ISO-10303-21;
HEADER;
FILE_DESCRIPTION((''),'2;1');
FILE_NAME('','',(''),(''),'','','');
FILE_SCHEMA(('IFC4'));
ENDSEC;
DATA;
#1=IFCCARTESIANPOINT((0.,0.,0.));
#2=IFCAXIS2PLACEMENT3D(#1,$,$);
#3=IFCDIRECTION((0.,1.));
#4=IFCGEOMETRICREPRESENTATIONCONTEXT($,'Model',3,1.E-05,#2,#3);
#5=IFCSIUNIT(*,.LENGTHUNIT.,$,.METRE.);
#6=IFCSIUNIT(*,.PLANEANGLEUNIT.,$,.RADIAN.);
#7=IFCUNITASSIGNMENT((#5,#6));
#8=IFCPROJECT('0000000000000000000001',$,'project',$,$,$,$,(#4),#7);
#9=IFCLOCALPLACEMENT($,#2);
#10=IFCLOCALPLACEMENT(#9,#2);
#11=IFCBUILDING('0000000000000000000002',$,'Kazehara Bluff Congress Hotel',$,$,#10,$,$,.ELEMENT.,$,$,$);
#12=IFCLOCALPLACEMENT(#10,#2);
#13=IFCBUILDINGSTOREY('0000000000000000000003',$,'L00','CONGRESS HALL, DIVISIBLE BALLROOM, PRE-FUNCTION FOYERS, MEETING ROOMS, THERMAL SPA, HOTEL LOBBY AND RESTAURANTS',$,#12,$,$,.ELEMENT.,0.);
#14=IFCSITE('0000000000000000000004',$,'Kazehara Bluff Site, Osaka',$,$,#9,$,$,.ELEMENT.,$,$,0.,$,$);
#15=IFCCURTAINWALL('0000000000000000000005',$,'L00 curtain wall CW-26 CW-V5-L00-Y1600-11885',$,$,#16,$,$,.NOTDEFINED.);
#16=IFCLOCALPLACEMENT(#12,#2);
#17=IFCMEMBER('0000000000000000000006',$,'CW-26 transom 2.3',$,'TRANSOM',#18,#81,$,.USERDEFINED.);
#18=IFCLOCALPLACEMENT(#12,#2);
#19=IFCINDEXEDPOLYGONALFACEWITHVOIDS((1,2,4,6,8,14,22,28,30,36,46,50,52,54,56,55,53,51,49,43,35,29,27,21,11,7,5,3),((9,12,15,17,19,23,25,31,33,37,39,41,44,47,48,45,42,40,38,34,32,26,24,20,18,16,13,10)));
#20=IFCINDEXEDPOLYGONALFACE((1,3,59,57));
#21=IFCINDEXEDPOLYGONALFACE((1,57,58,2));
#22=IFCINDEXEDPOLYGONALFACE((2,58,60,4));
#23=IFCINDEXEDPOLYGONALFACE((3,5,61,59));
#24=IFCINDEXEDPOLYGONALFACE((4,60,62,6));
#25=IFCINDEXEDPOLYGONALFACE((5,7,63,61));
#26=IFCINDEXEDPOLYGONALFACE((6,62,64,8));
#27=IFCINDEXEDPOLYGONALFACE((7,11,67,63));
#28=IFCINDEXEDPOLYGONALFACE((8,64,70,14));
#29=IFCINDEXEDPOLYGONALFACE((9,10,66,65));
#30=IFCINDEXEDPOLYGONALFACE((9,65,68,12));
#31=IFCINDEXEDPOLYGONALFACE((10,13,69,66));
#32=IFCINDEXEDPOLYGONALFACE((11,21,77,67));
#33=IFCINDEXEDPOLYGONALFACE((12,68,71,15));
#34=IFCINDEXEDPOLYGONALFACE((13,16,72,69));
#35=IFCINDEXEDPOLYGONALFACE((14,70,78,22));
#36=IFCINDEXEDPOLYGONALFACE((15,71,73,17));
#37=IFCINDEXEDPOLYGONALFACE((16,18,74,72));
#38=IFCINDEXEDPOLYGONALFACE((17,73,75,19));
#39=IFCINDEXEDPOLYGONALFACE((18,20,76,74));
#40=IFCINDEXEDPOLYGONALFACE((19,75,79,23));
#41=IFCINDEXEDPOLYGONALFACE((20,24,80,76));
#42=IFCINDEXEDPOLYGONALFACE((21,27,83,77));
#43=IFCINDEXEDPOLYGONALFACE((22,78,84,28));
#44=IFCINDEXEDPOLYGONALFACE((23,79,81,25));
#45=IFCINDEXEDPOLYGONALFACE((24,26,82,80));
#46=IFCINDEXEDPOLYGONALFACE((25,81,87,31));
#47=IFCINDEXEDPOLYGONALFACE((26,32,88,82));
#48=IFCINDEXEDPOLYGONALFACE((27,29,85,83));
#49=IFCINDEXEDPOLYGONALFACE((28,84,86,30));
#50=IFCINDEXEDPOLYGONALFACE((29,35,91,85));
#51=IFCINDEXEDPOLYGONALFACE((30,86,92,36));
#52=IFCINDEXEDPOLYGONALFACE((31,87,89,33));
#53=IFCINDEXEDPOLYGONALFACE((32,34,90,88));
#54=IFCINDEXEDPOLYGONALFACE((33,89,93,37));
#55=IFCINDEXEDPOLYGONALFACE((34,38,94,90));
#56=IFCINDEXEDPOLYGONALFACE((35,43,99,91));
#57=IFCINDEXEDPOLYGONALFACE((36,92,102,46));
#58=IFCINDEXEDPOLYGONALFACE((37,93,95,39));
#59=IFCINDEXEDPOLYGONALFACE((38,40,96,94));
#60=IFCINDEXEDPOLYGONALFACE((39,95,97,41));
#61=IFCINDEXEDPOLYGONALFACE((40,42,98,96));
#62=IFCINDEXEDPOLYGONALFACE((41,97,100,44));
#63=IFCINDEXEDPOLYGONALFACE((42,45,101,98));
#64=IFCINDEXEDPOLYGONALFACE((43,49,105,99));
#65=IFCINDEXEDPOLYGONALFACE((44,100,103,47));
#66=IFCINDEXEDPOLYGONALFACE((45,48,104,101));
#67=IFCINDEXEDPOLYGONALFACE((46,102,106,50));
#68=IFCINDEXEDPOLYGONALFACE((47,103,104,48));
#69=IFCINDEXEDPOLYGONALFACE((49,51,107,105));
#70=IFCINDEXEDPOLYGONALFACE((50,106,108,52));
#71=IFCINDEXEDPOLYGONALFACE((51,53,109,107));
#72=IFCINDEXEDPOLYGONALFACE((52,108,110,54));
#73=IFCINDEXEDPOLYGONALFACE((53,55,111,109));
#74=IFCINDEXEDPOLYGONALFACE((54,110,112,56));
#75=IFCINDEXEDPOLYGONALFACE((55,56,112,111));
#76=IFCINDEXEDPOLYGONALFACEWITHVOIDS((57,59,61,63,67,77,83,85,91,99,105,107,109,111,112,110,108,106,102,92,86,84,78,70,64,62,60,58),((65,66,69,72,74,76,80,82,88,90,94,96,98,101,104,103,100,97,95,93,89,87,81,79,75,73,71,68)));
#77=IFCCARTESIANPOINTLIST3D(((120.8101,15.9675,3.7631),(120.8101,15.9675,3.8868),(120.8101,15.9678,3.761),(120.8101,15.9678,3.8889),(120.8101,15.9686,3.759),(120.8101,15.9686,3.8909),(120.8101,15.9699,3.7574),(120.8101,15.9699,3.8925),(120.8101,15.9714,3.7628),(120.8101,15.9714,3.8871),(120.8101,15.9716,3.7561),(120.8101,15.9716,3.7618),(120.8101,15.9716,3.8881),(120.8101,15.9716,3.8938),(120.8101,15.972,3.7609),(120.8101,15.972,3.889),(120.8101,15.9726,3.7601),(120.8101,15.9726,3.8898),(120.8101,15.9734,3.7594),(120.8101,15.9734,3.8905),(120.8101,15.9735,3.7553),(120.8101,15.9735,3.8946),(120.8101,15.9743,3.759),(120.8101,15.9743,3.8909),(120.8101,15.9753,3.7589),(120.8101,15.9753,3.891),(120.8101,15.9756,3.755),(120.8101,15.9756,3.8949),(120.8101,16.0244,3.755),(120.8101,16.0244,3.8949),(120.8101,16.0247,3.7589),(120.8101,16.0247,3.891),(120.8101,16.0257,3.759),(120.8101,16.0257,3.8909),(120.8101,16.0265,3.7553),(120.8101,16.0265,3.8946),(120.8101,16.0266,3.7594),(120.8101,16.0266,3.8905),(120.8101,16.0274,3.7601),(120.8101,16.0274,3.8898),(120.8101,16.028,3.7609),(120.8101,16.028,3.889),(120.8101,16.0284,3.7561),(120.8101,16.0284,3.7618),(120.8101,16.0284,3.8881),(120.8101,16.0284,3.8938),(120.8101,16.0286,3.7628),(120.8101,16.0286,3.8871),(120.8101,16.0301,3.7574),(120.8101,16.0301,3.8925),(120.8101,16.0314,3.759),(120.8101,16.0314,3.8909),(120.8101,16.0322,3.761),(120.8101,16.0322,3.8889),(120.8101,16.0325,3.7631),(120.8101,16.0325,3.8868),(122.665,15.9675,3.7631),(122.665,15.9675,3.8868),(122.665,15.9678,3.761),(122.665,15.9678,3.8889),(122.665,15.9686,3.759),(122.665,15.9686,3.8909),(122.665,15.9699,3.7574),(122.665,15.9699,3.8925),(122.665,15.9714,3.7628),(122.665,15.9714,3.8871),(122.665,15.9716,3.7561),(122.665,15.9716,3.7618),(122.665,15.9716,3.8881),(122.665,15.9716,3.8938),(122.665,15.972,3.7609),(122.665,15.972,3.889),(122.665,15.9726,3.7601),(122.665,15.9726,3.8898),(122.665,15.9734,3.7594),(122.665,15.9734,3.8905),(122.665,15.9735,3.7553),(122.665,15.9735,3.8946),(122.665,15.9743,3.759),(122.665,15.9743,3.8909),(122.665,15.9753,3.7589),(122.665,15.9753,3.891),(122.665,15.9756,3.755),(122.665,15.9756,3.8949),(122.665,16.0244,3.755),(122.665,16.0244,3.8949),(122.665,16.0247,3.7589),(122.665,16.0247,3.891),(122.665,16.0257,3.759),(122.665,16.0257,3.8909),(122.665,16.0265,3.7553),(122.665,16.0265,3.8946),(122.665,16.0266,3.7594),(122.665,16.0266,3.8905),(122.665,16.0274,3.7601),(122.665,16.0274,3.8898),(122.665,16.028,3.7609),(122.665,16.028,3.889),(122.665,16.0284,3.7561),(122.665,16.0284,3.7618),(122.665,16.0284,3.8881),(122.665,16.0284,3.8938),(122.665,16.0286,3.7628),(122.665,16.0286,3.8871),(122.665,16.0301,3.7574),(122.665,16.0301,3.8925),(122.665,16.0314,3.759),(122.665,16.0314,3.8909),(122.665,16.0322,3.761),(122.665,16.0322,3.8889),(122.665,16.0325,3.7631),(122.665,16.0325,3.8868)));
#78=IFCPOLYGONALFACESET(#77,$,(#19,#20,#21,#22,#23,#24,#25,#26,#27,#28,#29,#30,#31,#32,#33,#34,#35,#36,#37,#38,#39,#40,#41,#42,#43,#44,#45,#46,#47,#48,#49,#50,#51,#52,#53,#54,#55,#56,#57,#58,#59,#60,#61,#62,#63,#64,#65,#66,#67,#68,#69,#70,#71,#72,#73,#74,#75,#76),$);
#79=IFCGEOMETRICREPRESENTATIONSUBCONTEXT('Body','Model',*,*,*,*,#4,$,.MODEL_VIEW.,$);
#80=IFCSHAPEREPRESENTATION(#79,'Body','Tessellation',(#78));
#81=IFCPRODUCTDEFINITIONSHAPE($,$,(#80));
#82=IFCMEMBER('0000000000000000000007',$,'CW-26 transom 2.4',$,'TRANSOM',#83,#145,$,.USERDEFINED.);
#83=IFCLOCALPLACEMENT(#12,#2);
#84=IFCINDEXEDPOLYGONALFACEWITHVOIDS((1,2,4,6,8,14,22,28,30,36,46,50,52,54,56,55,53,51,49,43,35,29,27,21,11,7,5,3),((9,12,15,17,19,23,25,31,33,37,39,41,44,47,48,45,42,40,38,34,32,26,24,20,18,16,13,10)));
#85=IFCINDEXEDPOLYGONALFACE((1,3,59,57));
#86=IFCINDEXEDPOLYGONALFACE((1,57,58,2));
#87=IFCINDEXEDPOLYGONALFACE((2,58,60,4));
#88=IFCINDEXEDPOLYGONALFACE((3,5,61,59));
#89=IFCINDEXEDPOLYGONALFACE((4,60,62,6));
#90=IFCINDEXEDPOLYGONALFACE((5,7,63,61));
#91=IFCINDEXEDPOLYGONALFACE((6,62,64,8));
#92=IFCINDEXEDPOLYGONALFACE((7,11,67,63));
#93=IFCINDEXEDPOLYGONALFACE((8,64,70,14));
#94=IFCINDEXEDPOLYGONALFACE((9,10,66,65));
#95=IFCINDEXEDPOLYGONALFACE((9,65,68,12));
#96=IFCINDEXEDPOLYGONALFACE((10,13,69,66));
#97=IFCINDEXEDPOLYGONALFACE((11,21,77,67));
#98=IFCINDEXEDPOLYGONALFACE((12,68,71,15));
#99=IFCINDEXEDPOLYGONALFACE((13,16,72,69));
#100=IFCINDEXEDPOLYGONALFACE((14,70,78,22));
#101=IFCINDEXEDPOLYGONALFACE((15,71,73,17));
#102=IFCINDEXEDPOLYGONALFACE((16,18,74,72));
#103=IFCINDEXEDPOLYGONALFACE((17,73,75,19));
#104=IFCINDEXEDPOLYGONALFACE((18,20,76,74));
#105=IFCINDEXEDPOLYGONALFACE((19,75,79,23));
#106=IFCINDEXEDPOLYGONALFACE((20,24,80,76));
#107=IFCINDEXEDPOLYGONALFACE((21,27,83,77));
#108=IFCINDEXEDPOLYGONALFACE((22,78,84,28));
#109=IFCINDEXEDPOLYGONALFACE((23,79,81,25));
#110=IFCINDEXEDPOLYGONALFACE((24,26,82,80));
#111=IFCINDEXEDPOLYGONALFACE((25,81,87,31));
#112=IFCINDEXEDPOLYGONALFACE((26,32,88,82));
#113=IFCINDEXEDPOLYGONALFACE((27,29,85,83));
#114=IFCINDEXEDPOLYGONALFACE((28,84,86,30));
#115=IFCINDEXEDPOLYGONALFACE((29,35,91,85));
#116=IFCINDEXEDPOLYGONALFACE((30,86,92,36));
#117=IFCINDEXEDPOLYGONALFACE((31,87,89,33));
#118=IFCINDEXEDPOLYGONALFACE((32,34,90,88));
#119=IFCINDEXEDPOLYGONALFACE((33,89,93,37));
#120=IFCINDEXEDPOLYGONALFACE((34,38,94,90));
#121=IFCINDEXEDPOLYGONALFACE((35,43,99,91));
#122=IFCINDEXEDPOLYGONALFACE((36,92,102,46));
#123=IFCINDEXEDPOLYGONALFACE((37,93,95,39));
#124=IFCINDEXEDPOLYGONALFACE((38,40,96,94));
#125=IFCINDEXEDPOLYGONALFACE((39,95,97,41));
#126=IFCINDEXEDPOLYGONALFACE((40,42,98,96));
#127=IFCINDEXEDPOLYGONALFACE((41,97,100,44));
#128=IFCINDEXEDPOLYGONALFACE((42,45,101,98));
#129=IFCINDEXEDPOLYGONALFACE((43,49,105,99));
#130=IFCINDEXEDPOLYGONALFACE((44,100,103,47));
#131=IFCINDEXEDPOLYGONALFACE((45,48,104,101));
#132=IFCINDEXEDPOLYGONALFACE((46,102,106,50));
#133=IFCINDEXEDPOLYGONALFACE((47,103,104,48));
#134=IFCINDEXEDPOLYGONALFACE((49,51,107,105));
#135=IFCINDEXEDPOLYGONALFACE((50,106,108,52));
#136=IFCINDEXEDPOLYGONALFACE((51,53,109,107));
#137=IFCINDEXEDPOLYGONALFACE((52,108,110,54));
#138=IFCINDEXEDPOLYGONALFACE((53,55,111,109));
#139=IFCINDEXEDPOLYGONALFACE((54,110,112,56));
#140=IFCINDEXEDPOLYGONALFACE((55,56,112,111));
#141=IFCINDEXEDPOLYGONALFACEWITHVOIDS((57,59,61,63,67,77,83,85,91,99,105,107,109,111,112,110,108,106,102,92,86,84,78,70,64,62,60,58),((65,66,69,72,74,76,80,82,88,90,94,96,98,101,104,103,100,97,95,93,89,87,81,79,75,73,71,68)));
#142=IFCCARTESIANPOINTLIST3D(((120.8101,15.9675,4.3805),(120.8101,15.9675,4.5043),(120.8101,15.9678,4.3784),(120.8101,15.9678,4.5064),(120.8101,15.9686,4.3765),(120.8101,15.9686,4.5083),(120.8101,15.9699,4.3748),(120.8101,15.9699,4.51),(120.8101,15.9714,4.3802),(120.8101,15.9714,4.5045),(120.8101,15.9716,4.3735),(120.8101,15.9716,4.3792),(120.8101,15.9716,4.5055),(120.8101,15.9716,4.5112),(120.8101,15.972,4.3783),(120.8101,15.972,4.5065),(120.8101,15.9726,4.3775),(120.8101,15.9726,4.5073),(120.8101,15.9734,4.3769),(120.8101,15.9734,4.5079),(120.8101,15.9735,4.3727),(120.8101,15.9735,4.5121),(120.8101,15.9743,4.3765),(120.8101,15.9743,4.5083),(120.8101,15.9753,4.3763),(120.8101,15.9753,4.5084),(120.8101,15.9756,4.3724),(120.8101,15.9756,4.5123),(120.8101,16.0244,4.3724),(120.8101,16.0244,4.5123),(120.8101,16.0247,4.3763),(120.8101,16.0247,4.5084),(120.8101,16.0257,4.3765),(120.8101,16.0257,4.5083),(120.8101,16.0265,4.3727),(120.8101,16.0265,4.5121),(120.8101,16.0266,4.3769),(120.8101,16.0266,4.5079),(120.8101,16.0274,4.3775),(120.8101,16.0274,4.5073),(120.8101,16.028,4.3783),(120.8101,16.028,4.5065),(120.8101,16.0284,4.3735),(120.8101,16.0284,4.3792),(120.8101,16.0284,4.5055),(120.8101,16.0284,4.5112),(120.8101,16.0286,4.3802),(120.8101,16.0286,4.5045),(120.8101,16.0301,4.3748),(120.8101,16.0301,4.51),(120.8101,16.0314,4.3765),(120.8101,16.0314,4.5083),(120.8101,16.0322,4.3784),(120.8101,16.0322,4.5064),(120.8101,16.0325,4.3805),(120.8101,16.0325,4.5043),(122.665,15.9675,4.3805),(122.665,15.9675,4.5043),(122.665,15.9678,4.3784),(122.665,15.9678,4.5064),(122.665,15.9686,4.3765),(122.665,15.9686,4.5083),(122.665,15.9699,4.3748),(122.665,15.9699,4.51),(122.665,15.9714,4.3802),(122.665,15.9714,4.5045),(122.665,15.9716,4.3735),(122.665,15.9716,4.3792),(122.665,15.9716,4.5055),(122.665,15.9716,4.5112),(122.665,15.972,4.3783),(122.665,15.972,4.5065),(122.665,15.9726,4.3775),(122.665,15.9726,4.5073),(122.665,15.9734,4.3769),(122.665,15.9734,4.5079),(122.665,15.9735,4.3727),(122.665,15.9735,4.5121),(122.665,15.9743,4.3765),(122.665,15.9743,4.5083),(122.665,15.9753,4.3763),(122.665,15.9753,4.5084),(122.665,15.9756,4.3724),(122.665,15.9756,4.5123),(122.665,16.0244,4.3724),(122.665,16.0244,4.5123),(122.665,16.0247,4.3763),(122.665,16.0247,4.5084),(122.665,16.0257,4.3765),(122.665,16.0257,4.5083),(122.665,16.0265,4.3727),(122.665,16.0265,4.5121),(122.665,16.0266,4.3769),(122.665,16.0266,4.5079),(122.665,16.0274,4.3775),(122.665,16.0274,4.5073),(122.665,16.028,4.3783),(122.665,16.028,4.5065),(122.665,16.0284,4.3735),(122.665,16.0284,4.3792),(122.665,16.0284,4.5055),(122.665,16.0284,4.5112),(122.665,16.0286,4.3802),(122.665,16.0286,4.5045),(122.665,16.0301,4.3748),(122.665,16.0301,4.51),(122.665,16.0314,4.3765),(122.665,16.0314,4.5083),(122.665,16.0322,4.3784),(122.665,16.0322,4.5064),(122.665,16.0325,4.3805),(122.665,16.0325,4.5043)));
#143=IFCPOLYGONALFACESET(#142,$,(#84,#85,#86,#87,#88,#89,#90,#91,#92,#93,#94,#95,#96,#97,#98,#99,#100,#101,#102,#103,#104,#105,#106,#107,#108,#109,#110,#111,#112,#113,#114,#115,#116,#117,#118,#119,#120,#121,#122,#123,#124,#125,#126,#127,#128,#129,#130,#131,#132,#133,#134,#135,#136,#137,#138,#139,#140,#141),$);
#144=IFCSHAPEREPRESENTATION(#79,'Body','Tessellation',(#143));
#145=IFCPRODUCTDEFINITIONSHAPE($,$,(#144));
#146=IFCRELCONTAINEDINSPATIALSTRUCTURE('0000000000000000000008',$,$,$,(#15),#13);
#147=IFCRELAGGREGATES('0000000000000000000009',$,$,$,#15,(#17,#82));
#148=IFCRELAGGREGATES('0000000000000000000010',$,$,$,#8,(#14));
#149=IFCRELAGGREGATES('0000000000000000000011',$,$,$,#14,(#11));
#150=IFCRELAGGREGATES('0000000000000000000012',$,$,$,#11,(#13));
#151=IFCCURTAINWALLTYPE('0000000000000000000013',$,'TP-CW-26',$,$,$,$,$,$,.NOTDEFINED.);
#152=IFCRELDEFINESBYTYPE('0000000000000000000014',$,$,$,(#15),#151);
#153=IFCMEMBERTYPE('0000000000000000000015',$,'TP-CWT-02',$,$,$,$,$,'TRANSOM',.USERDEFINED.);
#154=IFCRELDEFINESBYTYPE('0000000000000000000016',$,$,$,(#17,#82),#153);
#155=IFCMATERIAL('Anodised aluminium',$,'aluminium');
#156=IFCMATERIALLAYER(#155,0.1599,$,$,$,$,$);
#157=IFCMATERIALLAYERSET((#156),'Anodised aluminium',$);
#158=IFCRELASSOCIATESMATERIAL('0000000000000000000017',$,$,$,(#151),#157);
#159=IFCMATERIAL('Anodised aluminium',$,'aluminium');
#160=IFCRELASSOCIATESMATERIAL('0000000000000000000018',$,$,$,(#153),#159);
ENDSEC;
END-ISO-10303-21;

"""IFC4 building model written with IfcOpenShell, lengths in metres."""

from ifc_helpers import new_model, si_unit, direction, frame, origin, origin_2d, place, context, subcontext, project, spatial, hollow_rectangle, extrude, material, layer, layer_set, material_profile, profile_set, type_object, element, aggregate, save


model = new_model("IFC4")

# Units and contexts
model_context = context("Model", 3, precision=1e-05, world=origin(), true_north=direction((0.0, 1.0)))
body_context = subcontext(model_context, "Body", "Model", "MODEL_VIEW")
ifc_project = project(units=[si_unit("LENGTHUNIT", "METRE"), si_unit("PLANEANGLEUNIT", "RADIAN")], contexts=[model_context])

# Site, building, storey
site_placement = place(None, origin())
site = spatial("IfcSite", under=ifc_project, at=site_placement, Name="Kazehara Bluff Site, Osaka", CompositionType="ELEMENT", RefElevation=0.0)
building_placement = place(site_placement, origin())
building = spatial("IfcBuilding", under=site, at=building_placement, Name="Kazehara Bluff Congress Hotel", CompositionType="ELEMENT")
storey_placement = place(building_placement, origin())
storey = spatial("IfcBuildingStorey", under=building, at=storey_placement, Name="L00", Description="CONGRESS HALL, DIVISIBLE BALLROOM, PRE-FUNCTION FOYERS, MEETING ROOMS, THERMAL SPA, HOTEL LOBBY AND RESTAURANTS", CompositionType="ELEMENT", Elevation=0.0)

# Curtain wall, members
ifc_material_1 = material(Name="Anodised aluminium", Category="aluminium")
ifc_layer_1 = layer(ifc_material_1, 0.1599)
ifc_layer_set_1 = layer_set([ifc_layer_1], Name="Anodised aluminium")
curtain_wall_type = type_object("IfcCurtainWallType", Name="TP-CW-26", PredefinedType="NOTDEFINED", material=ifc_layer_set_1)
curtain_wall_placement = place(storey_placement, origin())
curtain_wall = element("IfcCurtainWall", 1, at=curtain_wall_placement, inside=storey, type_object=curtain_wall_type, Name="L00 curtain wall CW-26 CW-V5-L00-Y1600-11885", PredefinedType="NOTDEFINED")
ifc_material_2 = material(Name="Anodised aluminium", Category="aluminium")
ifc_material_profile_1 = material_profile(ifc_material_2, hollow_rectangle(XDim=0.0649, YDim=0.1399, WallThickness=0.0039, InnerFilletRadius=0.0039, OuterFilletRadius=0.0081, at=origin_2d()))
ifc_profile_set_1 = profile_set([ifc_material_profile_1], Name="Anodised aluminium")
member_type_1 = type_object("IfcMemberType", Name="TP-CWT-02", ElementType="TRANSOM", PredefinedType="USERDEFINED", material=ifc_profile_set_1)
member_1_placement = place(storey_placement, frame((120.8101, 16.0, 3.825), z_axis=(1.0, 0.0, 0.0), x_axis=(0.0, 1.0, 0.0)))
member_1 = element("IfcMember", 2, at=member_1_placement, type_object=member_type_1, Name="CW-26 transom 2.3", ObjectType="TRANSOM", PredefinedType="USERDEFINED", context=body_context, shape_type="SweptSolid", body=[
    extrude(hollow_rectangle(XDim=0.0649, YDim=0.1399, WallThickness=0.0039, InnerFilletRadius=0.0039, OuterFilletRadius=0.0081, at=origin_2d()), origin(), (0.0, 0.0, 1.0), 1.855),
])
member_2_placement = place(storey_placement, frame((120.8101, 16.0, 4.4424), z_axis=(1.0, 0.0, 0.0), x_axis=(0.0, 1.0, 0.0)))
member_2 = element("IfcMember", 3, at=member_2_placement, type_object=member_type_1, Name="CW-26 transom 2.4", ObjectType="TRANSOM", PredefinedType="USERDEFINED", context=body_context, shape_type="SweptSolid", body=[
    extrude(hollow_rectangle(XDim=0.0649, YDim=0.1399, WallThickness=0.0039, InnerFilletRadius=0.0039, OuterFilletRadius=0.0081, at=origin_2d()), origin(), (0.0, 0.0, 1.0), 1.855),
])

aggregate(curtain_wall, [member_1, member_2])

save(model, "model.ifc")
